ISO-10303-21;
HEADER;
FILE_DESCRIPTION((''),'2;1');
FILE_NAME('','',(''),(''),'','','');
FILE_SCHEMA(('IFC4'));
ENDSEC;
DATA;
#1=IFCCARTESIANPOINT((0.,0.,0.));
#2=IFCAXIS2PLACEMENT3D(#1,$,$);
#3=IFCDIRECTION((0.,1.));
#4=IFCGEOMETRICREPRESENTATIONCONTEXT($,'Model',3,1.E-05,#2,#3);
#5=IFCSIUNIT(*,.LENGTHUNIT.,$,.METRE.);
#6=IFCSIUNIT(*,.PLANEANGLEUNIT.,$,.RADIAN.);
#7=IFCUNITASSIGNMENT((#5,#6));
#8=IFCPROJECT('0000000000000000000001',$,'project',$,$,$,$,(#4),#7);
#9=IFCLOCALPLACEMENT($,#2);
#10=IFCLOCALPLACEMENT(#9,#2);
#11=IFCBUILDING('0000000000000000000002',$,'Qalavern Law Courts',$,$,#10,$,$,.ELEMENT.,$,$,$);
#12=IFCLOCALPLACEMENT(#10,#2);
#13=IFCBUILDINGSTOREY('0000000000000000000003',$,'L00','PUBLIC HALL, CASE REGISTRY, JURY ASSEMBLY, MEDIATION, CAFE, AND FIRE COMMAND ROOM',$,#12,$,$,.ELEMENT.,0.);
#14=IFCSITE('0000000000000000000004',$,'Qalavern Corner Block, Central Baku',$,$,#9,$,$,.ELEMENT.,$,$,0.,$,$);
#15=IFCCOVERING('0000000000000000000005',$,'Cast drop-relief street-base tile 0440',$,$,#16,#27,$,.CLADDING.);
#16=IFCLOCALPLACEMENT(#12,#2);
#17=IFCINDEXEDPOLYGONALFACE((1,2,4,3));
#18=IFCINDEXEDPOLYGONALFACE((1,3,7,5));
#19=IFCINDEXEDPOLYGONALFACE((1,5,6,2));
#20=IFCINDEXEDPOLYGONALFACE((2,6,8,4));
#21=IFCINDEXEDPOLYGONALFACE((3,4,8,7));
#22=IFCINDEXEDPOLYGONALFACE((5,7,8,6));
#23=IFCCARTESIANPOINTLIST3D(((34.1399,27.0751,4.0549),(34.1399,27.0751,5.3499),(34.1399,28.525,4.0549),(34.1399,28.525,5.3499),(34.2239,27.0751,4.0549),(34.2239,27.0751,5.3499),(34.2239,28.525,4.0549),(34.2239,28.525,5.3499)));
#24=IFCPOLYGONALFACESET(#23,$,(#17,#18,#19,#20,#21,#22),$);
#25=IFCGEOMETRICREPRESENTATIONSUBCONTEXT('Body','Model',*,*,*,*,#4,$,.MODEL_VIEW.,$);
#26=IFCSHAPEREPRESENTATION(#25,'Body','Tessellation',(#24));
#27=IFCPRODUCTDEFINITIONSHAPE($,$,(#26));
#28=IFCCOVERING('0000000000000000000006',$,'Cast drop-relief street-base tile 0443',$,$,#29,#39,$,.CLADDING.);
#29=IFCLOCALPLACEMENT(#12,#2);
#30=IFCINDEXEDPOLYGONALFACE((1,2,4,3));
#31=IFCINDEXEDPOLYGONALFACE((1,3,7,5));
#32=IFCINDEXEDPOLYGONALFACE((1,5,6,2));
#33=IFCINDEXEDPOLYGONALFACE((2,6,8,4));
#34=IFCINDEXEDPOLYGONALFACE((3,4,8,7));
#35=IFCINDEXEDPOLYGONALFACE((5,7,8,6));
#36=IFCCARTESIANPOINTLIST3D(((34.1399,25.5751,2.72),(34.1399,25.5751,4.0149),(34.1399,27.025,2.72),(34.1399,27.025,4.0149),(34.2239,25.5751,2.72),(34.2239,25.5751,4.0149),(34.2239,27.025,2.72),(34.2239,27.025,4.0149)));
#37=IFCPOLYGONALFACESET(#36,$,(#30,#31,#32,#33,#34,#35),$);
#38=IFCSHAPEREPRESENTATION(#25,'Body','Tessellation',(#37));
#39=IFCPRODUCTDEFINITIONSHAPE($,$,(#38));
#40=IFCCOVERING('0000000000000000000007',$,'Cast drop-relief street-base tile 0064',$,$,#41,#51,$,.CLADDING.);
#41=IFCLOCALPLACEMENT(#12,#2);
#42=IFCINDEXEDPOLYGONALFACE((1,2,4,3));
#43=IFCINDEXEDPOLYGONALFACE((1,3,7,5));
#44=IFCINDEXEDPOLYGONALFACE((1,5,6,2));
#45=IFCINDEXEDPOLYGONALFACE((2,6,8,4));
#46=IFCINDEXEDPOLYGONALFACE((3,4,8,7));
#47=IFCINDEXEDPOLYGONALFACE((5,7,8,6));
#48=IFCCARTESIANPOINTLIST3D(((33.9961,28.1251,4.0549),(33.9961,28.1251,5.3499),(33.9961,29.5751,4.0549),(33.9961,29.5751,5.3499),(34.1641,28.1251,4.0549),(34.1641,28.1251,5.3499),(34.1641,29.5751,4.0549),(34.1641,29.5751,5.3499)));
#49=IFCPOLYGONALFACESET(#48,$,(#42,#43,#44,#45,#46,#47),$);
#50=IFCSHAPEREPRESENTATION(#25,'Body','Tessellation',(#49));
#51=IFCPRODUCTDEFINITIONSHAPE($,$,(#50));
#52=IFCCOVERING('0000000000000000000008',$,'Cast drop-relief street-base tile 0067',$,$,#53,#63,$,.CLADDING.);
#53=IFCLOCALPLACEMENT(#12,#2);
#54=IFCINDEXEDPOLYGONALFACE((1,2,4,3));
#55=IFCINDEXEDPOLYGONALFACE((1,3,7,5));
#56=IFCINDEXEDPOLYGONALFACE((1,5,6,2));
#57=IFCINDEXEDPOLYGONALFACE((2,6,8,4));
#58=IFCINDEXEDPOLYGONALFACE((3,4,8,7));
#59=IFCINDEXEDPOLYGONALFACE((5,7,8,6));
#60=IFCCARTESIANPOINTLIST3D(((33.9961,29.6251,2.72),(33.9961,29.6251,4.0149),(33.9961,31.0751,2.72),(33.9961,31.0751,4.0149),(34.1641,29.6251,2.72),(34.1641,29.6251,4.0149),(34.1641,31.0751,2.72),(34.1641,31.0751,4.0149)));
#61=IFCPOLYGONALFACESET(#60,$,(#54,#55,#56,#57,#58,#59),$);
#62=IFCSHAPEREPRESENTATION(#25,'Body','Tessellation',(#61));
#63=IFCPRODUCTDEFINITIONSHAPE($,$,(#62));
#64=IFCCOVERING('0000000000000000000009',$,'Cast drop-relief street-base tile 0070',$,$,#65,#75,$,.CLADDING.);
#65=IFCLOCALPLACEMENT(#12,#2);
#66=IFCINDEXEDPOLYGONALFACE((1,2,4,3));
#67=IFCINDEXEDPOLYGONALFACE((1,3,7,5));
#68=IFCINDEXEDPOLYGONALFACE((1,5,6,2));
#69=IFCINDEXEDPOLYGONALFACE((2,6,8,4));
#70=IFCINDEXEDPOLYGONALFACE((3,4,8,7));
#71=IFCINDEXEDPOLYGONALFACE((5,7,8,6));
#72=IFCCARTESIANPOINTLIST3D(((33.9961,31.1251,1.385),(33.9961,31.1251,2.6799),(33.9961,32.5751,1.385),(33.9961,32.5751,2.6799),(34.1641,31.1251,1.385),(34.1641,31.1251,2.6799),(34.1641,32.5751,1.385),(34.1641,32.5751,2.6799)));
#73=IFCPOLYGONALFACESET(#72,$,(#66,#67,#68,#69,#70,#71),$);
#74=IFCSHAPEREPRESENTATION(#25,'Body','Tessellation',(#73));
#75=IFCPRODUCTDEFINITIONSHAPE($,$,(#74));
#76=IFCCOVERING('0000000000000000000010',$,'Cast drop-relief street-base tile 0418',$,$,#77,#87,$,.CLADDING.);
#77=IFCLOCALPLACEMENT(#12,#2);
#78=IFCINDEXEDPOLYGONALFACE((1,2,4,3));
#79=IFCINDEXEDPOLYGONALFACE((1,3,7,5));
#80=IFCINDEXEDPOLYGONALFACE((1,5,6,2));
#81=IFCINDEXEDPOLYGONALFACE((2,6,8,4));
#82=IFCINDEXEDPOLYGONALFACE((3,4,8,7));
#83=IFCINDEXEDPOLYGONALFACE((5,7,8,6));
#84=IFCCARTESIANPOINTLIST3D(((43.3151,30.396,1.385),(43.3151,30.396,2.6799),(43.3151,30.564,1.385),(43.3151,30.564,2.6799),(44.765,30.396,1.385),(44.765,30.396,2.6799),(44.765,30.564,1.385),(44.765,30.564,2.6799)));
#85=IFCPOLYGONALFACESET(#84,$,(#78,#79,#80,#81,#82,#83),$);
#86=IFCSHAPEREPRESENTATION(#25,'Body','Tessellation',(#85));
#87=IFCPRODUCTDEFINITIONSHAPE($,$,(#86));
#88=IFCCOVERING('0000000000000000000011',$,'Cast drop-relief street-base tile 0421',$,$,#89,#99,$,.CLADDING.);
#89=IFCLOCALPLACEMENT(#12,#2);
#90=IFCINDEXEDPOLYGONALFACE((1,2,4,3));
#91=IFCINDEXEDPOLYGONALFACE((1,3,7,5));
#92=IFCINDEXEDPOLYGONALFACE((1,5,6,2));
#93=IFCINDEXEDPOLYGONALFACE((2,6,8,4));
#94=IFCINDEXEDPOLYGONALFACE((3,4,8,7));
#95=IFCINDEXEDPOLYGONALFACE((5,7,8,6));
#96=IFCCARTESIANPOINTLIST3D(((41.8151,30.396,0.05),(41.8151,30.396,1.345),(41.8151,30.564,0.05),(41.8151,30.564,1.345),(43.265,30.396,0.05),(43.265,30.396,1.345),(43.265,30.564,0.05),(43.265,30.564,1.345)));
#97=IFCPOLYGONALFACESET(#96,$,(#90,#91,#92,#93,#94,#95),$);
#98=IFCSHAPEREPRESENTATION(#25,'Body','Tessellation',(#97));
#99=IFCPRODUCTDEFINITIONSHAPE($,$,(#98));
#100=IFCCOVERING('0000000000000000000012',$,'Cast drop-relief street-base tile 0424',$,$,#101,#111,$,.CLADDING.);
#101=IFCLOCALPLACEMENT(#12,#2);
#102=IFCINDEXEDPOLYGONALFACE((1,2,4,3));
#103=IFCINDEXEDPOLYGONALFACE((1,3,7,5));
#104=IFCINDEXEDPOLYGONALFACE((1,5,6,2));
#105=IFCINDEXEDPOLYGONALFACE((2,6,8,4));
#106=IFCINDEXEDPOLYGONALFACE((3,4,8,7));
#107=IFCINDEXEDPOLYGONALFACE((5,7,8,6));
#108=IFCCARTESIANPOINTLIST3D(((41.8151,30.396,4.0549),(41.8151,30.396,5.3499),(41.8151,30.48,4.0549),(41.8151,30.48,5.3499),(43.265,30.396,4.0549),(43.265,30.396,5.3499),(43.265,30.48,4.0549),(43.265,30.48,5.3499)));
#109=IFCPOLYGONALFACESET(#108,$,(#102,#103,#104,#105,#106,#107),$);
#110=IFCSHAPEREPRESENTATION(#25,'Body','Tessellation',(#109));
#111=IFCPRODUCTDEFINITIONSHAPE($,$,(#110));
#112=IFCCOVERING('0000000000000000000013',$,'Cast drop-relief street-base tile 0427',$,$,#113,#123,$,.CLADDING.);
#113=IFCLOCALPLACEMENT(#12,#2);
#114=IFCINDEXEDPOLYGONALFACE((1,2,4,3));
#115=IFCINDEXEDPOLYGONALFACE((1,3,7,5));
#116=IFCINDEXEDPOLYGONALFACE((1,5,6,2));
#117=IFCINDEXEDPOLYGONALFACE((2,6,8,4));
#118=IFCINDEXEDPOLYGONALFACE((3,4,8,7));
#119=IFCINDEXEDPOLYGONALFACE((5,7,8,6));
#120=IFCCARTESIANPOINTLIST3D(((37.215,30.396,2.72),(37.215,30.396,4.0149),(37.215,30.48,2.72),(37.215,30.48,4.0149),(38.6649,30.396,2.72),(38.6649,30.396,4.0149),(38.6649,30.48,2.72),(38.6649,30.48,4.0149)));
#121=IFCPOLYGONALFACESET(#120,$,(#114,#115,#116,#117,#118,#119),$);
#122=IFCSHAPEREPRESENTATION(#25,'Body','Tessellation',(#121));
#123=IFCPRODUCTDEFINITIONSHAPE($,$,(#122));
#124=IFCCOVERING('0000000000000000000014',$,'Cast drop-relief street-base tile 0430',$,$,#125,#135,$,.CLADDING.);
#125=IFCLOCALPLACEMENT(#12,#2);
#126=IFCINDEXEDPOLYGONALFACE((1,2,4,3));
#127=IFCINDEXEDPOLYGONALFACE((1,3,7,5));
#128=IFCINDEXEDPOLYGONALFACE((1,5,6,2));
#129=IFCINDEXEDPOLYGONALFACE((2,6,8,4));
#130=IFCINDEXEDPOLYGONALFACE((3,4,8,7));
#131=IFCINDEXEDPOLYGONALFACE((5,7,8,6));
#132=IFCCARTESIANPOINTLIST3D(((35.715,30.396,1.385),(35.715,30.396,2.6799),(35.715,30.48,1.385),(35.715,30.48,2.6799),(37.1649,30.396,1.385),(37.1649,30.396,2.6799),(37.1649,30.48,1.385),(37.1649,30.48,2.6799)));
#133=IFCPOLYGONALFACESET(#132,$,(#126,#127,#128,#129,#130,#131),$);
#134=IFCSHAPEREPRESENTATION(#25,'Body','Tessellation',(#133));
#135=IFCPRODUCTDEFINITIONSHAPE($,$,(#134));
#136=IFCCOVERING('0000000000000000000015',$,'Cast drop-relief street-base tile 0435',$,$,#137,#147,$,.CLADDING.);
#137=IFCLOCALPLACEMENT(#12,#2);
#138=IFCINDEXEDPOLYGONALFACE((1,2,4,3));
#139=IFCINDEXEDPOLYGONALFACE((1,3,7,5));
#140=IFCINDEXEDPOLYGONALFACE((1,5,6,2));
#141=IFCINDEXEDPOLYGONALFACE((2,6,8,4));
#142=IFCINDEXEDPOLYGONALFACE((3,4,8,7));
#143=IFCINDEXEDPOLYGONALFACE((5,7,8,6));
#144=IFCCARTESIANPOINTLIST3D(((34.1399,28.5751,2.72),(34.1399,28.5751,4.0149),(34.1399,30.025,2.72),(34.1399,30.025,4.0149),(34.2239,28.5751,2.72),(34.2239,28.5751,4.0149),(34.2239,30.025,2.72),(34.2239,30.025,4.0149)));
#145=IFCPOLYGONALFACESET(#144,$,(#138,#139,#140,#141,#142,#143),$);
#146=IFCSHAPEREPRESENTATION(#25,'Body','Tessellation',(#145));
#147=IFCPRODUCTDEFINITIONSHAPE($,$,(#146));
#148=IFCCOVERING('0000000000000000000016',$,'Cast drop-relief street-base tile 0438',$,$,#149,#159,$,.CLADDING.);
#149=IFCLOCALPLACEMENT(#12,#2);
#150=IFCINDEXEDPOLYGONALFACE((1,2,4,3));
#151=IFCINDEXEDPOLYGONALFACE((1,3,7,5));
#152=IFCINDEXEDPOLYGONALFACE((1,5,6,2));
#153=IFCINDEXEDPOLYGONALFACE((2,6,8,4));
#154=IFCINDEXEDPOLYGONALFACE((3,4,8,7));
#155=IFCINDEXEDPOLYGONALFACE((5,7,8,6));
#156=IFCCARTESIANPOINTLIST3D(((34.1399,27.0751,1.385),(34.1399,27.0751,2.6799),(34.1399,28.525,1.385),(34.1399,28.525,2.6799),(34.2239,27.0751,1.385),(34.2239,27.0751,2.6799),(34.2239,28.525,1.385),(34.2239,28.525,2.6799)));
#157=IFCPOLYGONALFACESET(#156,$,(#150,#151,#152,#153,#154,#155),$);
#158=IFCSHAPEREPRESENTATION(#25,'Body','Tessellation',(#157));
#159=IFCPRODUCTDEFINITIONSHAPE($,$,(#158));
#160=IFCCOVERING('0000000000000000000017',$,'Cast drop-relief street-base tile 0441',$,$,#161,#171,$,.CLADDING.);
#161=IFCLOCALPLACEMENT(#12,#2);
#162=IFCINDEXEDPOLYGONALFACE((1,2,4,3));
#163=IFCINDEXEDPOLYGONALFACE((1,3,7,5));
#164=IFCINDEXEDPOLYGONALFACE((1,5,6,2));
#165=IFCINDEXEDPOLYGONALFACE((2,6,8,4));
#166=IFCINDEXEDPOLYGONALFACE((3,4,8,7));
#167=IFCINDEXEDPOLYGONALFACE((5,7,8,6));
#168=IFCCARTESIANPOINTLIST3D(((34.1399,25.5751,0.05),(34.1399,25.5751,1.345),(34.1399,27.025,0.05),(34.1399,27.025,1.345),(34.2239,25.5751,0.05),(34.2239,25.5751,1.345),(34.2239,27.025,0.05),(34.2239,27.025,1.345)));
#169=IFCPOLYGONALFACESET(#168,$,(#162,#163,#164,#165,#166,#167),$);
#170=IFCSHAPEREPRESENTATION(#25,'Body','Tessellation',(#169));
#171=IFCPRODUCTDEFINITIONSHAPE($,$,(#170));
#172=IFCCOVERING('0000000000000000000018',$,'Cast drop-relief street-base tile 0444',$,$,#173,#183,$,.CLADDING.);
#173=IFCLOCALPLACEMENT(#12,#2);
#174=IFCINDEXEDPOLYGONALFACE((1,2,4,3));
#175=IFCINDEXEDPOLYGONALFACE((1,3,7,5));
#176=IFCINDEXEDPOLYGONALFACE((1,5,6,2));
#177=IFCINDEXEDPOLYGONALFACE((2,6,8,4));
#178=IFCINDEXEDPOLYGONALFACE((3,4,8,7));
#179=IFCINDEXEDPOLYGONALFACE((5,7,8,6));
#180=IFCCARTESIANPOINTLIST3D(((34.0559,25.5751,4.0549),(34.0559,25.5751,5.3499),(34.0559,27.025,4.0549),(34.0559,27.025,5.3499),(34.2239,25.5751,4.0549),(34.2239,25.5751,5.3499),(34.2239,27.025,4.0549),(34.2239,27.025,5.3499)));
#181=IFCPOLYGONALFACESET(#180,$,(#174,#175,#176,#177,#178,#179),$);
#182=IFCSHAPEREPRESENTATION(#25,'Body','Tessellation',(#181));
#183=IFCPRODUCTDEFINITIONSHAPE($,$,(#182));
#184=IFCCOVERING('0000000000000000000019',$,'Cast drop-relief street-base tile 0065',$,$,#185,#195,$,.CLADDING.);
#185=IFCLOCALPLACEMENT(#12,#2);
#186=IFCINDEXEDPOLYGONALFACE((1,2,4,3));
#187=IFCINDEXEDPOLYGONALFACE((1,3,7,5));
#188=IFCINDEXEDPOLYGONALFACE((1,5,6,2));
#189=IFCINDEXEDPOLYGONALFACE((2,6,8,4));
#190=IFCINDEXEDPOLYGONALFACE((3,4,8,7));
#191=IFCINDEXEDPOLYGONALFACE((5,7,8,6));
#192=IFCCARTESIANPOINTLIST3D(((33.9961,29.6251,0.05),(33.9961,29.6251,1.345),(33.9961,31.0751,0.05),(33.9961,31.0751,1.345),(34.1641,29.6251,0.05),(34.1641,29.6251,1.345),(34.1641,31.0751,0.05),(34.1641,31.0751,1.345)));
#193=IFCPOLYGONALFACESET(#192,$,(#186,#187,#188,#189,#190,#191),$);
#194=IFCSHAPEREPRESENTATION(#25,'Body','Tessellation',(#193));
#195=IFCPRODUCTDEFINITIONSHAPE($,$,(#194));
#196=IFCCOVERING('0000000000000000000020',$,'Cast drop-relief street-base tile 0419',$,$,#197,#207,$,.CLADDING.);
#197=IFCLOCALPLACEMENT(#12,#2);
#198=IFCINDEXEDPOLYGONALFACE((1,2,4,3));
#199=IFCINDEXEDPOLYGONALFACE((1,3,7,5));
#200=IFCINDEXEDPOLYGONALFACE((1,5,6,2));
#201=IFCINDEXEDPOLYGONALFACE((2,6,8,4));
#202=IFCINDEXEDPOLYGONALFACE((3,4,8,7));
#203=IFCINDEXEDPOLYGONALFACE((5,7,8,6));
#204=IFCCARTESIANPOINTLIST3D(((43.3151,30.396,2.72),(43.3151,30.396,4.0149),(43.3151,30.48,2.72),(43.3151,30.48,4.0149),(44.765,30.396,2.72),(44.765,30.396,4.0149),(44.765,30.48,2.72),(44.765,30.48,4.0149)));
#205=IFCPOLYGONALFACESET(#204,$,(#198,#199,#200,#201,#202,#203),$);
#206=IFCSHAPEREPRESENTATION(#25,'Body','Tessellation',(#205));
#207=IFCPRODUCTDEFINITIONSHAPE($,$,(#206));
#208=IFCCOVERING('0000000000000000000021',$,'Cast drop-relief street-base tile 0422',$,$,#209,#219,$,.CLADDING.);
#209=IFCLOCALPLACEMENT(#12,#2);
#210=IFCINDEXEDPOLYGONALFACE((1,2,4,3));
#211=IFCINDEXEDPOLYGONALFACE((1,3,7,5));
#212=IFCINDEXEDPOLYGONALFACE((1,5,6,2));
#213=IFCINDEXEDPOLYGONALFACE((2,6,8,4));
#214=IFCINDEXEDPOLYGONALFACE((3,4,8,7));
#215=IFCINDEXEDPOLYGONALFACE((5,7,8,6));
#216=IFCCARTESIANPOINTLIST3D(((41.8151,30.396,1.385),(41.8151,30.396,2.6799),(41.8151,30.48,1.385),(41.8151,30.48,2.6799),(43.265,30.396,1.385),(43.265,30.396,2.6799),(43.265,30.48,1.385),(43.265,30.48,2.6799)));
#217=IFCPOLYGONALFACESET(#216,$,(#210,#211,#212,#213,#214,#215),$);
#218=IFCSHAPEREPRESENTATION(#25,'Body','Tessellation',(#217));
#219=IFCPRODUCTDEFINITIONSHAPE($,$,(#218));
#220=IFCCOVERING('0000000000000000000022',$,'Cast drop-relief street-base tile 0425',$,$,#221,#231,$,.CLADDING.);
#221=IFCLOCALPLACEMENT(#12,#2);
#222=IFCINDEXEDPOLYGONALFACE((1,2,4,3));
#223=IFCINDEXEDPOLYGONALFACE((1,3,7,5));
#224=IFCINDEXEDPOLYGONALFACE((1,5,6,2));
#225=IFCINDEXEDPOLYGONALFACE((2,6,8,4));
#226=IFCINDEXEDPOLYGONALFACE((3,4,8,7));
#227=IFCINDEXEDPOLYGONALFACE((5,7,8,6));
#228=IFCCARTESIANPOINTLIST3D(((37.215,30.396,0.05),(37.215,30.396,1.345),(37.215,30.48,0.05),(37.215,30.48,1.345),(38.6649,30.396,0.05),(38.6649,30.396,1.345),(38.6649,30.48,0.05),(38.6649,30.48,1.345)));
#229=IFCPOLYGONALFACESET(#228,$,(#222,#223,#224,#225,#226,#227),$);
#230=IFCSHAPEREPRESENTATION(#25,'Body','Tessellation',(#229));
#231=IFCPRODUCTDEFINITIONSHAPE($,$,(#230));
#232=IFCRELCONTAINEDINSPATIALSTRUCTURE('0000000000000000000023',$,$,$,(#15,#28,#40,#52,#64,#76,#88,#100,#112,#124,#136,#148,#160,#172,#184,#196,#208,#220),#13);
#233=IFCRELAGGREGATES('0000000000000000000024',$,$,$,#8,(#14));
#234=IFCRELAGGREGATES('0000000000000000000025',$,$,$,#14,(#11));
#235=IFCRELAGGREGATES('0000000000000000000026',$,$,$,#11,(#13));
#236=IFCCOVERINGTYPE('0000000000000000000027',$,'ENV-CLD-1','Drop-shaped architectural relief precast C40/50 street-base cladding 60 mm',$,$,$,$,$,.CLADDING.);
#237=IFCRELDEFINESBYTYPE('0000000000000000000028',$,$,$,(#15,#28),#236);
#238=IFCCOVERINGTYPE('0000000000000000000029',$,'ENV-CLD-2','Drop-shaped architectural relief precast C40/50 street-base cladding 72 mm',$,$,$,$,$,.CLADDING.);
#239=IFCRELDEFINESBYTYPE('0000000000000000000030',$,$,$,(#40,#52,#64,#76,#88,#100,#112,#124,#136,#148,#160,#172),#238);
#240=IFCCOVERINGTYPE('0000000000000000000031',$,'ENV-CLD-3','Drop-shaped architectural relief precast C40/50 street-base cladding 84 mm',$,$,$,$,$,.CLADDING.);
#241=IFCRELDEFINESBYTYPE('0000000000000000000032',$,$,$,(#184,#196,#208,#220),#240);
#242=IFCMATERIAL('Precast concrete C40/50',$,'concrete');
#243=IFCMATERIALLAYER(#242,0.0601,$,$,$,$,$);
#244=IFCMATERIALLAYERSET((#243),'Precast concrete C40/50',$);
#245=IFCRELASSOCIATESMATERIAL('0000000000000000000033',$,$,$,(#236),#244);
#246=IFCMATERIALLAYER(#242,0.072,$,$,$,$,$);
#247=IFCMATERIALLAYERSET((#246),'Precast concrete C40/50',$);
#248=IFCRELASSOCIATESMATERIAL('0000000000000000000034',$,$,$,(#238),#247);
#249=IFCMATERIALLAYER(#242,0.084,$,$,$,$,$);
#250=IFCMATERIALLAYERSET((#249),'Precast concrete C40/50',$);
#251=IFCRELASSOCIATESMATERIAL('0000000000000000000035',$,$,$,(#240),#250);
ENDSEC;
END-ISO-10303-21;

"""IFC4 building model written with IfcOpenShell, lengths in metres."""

from ifc_helpers import new_model, si_unit, direction, frame, origin, origin_2d, place, context, subcontext, project, spatial, rectangle, extrude, material, layer, layer_set, type_object, element, save


model = new_model("IFC4")

# Units and contexts
model_context = context("Model", 3, precision=1e-05, world=origin(), true_north=direction((0.0, 1.0)))
body_context = subcontext(model_context, "Body", "Model", "MODEL_VIEW")
ifc_project = project(units=[si_unit("LENGTHUNIT", "METRE"), si_unit("PLANEANGLEUNIT", "RADIAN")], contexts=[model_context])

# Site, building, storey
site_placement = place(None, origin())
site = spatial("IfcSite", under=ifc_project, at=site_placement, Name="Qalavern Corner Block, Central Baku", CompositionType="ELEMENT", RefElevation=0.0)
building_placement = place(site_placement, origin())
building = spatial("IfcBuilding", under=site, at=building_placement, Name="Qalavern Law Courts", CompositionType="ELEMENT")
storey_placement = place(building_placement, origin())
storey = spatial("IfcBuildingStorey", under=building, at=storey_placement, Name="L00", Description="PUBLIC HALL, CASE REGISTRY, JURY ASSEMBLY, MEDIATION, CAFE, AND FIRE COMMAND ROOM", CompositionType="ELEMENT", Elevation=0.0)

# Coverings
ifc_material_1 = material(Name="Precast concrete C40/50", Category="concrete")
ifc_layer_1 = layer(ifc_material_1, 0.0601)
ifc_layer_set_1 = layer_set([ifc_layer_1], Name="Precast concrete C40/50")
covering_type_1 = type_object("IfcCoveringType", Name="ENV-CLD-1", Description="Drop-shaped architectural relief precast C40/50 street-base cladding 60 mm", PredefinedType="CLADDING", material=ifc_layer_set_1)
for number, where, z_axis, x_axis, name in (
    (1, (34.1819, 27.8, 4.0549), (0.0, 0.0, 1.0), (0.0, -1.0, 0.0), "Cast drop-relief street-base tile 0440"),
    (2, (34.1819, 26.3, 2.72), (0.0, 0.0, 1.0), (0.0, -1.0, 0.0), "Cast drop-relief street-base tile 0443"),
):
    element("IfcCovering", number, at=place(storey_placement, frame(where, z_axis=z_axis, x_axis=x_axis)), inside=storey, type_object=covering_type_1, Name=name, PredefinedType="CLADDING", context=body_context, shape_type="SweptSolid", body=[
        extrude(rectangle(XDim=1.45, YDim=0.084, at=origin_2d()), origin(), (0.0, 0.0, 1.0), 1.2949),
    ])
ifc_layer_2 = layer(ifc_material_1, 0.072)
ifc_layer_set_2 = layer_set([ifc_layer_2], Name="Precast concrete C40/50")
covering_type_2 = type_object("IfcCoveringType", Name="ENV-CLD-2", Description="Drop-shaped architectural relief precast C40/50 street-base cladding 72 mm", PredefinedType="CLADDING", material=ifc_layer_set_2)
for number, where, z_axis, x_axis, name in (
    (3, (34.0801, 28.8501, 4.0549), (0.0, 0.0, 1.0), (0.0, 1.0, 0.0), "Cast drop-relief street-base tile 0064"),
    (4, (34.0801, 30.3501, 2.72), (0.0, 0.0, 1.0), (0.0, 1.0, 0.0), "Cast drop-relief street-base tile 0067"),
    (5, (34.0801, 31.8501, 1.385), (0.0, 0.0, 1.0), (0.0, 1.0, 0.0), "Cast drop-relief street-base tile 0070"),
    (6, (44.04, 30.48, 1.385), (0.0, 0.0, 1.0), (-1.0, 0.0, 0.0), "Cast drop-relief street-base tile 0418"),
    (7, (42.54, 30.48, 0.05), (0.0, 0.0, 1.0), (-1.0, 0.0, 0.0), "Cast drop-relief street-base tile 0421"),
):
    element("IfcCovering", number, at=place(storey_placement, frame(where, z_axis=z_axis, x_axis=x_axis)), inside=storey, type_object=covering_type_2, Name=name, PredefinedType="CLADDING", context=body_context, shape_type="SweptSolid", body=[
        extrude(rectangle(XDim=1.45, YDim=0.168, at=origin_2d()), origin(), (0.0, 0.0, 1.0), 1.2949),
    ])
for number, where, z_axis, x_axis, name in (
    (8, (42.54, 30.438, 4.0549), (0.0, 0.0, 1.0), (-1.0, 0.0, 0.0), "Cast drop-relief street-base tile 0424"),
    (9, (37.9399, 30.438, 2.72), (0.0, 0.0, 1.0), (-1.0, 0.0, 0.0), "Cast drop-relief street-base tile 0427"),
    (10, (36.4399, 30.438, 1.385), (0.0, 0.0, 1.0), (-1.0, 0.0, 0.0), "Cast drop-relief street-base tile 0430"),
    (11, (34.1819, 29.3, 2.72), (0.0, 0.0, 1.0), (0.0, -1.0, 0.0), "Cast drop-relief street-base tile 0435"),
    (12, (34.1819, 27.8, 1.385), (0.0, 0.0, 1.0), (0.0, -1.0, 0.0), "Cast drop-relief street-base tile 0438"),
    (13, (34.1819, 26.3, 0.05), (0.0, 0.0, 1.0), (0.0, -1.0, 0.0), "Cast drop-relief street-base tile 0441"),
):
    element("IfcCovering", number, at=place(storey_placement, frame(where, z_axis=z_axis, x_axis=x_axis)), inside=storey, type_object=covering_type_2, Name=name, PredefinedType="CLADDING", context=body_context, shape_type="SweptSolid", body=[
        extrude(rectangle(XDim=1.45, YDim=0.084, at=origin_2d()), origin(), (0.0, 0.0, 1.0), 1.2949),
    ])
covering_1_placement = place(storey_placement, frame((34.1399, 26.3, 4.0549), z_axis=(0.0, 0.0, 1.0), x_axis=(0.0, -1.0, 0.0)))
element("IfcCovering", 14, at=covering_1_placement, inside=storey, type_object=covering_type_2, Name="Cast drop-relief street-base tile 0444", PredefinedType="CLADDING", context=body_context, shape_type="SweptSolid", body=[
    extrude(rectangle(XDim=1.45, YDim=0.168, at=origin_2d()), origin(), (0.0, 0.0, 1.0), 1.2949),
])
ifc_layer_3 = layer(ifc_material_1, 0.084)
ifc_layer_set_3 = layer_set([ifc_layer_3], Name="Precast concrete C40/50")
covering_type_3 = type_object("IfcCoveringType", Name="ENV-CLD-3", Description="Drop-shaped architectural relief precast C40/50 street-base cladding 84 mm", PredefinedType="CLADDING", material=ifc_layer_set_3)
covering_2_placement = place(storey_placement, frame((34.0801, 30.3501, 0.05), z_axis=(0.0, 0.0, 1.0), x_axis=(0.0, 1.0, 0.0)))
element("IfcCovering", 15, at=covering_2_placement, inside=storey, type_object=covering_type_3, Name="Cast drop-relief street-base tile 0065", PredefinedType="CLADDING", context=body_context, shape_type="SweptSolid", body=[
    extrude(rectangle(XDim=1.45, YDim=0.168, at=origin_2d()), origin(), (0.0, 0.0, 1.0), 1.2949),
])
for number, where, z_axis, x_axis, name in (
    (16, (44.04, 30.438, 2.72), (0.0, 0.0, 1.0), (-1.0, 0.0, 0.0), "Cast drop-relief street-base tile 0419"),
    (17, (42.54, 30.438, 1.385), (0.0, 0.0, 1.0), (-1.0, 0.0, 0.0), "Cast drop-relief street-base tile 0422"),
    (18, (37.9399, 30.438, 0.05), (0.0, 0.0, 1.0), (-1.0, 0.0, 0.0), "Cast drop-relief street-base tile 0425"),
):
    element("IfcCovering", number, at=place(storey_placement, frame(where, z_axis=z_axis, x_axis=x_axis)), inside=storey, type_object=covering_type_3, Name=name, PredefinedType="CLADDING", context=body_context, shape_type="SweptSolid", body=[
        extrude(rectangle(XDim=1.45, YDim=0.084, at=origin_2d()), origin(), (0.0, 0.0, 1.0), 1.2949),
    ])

save(model, "model.ifc")
